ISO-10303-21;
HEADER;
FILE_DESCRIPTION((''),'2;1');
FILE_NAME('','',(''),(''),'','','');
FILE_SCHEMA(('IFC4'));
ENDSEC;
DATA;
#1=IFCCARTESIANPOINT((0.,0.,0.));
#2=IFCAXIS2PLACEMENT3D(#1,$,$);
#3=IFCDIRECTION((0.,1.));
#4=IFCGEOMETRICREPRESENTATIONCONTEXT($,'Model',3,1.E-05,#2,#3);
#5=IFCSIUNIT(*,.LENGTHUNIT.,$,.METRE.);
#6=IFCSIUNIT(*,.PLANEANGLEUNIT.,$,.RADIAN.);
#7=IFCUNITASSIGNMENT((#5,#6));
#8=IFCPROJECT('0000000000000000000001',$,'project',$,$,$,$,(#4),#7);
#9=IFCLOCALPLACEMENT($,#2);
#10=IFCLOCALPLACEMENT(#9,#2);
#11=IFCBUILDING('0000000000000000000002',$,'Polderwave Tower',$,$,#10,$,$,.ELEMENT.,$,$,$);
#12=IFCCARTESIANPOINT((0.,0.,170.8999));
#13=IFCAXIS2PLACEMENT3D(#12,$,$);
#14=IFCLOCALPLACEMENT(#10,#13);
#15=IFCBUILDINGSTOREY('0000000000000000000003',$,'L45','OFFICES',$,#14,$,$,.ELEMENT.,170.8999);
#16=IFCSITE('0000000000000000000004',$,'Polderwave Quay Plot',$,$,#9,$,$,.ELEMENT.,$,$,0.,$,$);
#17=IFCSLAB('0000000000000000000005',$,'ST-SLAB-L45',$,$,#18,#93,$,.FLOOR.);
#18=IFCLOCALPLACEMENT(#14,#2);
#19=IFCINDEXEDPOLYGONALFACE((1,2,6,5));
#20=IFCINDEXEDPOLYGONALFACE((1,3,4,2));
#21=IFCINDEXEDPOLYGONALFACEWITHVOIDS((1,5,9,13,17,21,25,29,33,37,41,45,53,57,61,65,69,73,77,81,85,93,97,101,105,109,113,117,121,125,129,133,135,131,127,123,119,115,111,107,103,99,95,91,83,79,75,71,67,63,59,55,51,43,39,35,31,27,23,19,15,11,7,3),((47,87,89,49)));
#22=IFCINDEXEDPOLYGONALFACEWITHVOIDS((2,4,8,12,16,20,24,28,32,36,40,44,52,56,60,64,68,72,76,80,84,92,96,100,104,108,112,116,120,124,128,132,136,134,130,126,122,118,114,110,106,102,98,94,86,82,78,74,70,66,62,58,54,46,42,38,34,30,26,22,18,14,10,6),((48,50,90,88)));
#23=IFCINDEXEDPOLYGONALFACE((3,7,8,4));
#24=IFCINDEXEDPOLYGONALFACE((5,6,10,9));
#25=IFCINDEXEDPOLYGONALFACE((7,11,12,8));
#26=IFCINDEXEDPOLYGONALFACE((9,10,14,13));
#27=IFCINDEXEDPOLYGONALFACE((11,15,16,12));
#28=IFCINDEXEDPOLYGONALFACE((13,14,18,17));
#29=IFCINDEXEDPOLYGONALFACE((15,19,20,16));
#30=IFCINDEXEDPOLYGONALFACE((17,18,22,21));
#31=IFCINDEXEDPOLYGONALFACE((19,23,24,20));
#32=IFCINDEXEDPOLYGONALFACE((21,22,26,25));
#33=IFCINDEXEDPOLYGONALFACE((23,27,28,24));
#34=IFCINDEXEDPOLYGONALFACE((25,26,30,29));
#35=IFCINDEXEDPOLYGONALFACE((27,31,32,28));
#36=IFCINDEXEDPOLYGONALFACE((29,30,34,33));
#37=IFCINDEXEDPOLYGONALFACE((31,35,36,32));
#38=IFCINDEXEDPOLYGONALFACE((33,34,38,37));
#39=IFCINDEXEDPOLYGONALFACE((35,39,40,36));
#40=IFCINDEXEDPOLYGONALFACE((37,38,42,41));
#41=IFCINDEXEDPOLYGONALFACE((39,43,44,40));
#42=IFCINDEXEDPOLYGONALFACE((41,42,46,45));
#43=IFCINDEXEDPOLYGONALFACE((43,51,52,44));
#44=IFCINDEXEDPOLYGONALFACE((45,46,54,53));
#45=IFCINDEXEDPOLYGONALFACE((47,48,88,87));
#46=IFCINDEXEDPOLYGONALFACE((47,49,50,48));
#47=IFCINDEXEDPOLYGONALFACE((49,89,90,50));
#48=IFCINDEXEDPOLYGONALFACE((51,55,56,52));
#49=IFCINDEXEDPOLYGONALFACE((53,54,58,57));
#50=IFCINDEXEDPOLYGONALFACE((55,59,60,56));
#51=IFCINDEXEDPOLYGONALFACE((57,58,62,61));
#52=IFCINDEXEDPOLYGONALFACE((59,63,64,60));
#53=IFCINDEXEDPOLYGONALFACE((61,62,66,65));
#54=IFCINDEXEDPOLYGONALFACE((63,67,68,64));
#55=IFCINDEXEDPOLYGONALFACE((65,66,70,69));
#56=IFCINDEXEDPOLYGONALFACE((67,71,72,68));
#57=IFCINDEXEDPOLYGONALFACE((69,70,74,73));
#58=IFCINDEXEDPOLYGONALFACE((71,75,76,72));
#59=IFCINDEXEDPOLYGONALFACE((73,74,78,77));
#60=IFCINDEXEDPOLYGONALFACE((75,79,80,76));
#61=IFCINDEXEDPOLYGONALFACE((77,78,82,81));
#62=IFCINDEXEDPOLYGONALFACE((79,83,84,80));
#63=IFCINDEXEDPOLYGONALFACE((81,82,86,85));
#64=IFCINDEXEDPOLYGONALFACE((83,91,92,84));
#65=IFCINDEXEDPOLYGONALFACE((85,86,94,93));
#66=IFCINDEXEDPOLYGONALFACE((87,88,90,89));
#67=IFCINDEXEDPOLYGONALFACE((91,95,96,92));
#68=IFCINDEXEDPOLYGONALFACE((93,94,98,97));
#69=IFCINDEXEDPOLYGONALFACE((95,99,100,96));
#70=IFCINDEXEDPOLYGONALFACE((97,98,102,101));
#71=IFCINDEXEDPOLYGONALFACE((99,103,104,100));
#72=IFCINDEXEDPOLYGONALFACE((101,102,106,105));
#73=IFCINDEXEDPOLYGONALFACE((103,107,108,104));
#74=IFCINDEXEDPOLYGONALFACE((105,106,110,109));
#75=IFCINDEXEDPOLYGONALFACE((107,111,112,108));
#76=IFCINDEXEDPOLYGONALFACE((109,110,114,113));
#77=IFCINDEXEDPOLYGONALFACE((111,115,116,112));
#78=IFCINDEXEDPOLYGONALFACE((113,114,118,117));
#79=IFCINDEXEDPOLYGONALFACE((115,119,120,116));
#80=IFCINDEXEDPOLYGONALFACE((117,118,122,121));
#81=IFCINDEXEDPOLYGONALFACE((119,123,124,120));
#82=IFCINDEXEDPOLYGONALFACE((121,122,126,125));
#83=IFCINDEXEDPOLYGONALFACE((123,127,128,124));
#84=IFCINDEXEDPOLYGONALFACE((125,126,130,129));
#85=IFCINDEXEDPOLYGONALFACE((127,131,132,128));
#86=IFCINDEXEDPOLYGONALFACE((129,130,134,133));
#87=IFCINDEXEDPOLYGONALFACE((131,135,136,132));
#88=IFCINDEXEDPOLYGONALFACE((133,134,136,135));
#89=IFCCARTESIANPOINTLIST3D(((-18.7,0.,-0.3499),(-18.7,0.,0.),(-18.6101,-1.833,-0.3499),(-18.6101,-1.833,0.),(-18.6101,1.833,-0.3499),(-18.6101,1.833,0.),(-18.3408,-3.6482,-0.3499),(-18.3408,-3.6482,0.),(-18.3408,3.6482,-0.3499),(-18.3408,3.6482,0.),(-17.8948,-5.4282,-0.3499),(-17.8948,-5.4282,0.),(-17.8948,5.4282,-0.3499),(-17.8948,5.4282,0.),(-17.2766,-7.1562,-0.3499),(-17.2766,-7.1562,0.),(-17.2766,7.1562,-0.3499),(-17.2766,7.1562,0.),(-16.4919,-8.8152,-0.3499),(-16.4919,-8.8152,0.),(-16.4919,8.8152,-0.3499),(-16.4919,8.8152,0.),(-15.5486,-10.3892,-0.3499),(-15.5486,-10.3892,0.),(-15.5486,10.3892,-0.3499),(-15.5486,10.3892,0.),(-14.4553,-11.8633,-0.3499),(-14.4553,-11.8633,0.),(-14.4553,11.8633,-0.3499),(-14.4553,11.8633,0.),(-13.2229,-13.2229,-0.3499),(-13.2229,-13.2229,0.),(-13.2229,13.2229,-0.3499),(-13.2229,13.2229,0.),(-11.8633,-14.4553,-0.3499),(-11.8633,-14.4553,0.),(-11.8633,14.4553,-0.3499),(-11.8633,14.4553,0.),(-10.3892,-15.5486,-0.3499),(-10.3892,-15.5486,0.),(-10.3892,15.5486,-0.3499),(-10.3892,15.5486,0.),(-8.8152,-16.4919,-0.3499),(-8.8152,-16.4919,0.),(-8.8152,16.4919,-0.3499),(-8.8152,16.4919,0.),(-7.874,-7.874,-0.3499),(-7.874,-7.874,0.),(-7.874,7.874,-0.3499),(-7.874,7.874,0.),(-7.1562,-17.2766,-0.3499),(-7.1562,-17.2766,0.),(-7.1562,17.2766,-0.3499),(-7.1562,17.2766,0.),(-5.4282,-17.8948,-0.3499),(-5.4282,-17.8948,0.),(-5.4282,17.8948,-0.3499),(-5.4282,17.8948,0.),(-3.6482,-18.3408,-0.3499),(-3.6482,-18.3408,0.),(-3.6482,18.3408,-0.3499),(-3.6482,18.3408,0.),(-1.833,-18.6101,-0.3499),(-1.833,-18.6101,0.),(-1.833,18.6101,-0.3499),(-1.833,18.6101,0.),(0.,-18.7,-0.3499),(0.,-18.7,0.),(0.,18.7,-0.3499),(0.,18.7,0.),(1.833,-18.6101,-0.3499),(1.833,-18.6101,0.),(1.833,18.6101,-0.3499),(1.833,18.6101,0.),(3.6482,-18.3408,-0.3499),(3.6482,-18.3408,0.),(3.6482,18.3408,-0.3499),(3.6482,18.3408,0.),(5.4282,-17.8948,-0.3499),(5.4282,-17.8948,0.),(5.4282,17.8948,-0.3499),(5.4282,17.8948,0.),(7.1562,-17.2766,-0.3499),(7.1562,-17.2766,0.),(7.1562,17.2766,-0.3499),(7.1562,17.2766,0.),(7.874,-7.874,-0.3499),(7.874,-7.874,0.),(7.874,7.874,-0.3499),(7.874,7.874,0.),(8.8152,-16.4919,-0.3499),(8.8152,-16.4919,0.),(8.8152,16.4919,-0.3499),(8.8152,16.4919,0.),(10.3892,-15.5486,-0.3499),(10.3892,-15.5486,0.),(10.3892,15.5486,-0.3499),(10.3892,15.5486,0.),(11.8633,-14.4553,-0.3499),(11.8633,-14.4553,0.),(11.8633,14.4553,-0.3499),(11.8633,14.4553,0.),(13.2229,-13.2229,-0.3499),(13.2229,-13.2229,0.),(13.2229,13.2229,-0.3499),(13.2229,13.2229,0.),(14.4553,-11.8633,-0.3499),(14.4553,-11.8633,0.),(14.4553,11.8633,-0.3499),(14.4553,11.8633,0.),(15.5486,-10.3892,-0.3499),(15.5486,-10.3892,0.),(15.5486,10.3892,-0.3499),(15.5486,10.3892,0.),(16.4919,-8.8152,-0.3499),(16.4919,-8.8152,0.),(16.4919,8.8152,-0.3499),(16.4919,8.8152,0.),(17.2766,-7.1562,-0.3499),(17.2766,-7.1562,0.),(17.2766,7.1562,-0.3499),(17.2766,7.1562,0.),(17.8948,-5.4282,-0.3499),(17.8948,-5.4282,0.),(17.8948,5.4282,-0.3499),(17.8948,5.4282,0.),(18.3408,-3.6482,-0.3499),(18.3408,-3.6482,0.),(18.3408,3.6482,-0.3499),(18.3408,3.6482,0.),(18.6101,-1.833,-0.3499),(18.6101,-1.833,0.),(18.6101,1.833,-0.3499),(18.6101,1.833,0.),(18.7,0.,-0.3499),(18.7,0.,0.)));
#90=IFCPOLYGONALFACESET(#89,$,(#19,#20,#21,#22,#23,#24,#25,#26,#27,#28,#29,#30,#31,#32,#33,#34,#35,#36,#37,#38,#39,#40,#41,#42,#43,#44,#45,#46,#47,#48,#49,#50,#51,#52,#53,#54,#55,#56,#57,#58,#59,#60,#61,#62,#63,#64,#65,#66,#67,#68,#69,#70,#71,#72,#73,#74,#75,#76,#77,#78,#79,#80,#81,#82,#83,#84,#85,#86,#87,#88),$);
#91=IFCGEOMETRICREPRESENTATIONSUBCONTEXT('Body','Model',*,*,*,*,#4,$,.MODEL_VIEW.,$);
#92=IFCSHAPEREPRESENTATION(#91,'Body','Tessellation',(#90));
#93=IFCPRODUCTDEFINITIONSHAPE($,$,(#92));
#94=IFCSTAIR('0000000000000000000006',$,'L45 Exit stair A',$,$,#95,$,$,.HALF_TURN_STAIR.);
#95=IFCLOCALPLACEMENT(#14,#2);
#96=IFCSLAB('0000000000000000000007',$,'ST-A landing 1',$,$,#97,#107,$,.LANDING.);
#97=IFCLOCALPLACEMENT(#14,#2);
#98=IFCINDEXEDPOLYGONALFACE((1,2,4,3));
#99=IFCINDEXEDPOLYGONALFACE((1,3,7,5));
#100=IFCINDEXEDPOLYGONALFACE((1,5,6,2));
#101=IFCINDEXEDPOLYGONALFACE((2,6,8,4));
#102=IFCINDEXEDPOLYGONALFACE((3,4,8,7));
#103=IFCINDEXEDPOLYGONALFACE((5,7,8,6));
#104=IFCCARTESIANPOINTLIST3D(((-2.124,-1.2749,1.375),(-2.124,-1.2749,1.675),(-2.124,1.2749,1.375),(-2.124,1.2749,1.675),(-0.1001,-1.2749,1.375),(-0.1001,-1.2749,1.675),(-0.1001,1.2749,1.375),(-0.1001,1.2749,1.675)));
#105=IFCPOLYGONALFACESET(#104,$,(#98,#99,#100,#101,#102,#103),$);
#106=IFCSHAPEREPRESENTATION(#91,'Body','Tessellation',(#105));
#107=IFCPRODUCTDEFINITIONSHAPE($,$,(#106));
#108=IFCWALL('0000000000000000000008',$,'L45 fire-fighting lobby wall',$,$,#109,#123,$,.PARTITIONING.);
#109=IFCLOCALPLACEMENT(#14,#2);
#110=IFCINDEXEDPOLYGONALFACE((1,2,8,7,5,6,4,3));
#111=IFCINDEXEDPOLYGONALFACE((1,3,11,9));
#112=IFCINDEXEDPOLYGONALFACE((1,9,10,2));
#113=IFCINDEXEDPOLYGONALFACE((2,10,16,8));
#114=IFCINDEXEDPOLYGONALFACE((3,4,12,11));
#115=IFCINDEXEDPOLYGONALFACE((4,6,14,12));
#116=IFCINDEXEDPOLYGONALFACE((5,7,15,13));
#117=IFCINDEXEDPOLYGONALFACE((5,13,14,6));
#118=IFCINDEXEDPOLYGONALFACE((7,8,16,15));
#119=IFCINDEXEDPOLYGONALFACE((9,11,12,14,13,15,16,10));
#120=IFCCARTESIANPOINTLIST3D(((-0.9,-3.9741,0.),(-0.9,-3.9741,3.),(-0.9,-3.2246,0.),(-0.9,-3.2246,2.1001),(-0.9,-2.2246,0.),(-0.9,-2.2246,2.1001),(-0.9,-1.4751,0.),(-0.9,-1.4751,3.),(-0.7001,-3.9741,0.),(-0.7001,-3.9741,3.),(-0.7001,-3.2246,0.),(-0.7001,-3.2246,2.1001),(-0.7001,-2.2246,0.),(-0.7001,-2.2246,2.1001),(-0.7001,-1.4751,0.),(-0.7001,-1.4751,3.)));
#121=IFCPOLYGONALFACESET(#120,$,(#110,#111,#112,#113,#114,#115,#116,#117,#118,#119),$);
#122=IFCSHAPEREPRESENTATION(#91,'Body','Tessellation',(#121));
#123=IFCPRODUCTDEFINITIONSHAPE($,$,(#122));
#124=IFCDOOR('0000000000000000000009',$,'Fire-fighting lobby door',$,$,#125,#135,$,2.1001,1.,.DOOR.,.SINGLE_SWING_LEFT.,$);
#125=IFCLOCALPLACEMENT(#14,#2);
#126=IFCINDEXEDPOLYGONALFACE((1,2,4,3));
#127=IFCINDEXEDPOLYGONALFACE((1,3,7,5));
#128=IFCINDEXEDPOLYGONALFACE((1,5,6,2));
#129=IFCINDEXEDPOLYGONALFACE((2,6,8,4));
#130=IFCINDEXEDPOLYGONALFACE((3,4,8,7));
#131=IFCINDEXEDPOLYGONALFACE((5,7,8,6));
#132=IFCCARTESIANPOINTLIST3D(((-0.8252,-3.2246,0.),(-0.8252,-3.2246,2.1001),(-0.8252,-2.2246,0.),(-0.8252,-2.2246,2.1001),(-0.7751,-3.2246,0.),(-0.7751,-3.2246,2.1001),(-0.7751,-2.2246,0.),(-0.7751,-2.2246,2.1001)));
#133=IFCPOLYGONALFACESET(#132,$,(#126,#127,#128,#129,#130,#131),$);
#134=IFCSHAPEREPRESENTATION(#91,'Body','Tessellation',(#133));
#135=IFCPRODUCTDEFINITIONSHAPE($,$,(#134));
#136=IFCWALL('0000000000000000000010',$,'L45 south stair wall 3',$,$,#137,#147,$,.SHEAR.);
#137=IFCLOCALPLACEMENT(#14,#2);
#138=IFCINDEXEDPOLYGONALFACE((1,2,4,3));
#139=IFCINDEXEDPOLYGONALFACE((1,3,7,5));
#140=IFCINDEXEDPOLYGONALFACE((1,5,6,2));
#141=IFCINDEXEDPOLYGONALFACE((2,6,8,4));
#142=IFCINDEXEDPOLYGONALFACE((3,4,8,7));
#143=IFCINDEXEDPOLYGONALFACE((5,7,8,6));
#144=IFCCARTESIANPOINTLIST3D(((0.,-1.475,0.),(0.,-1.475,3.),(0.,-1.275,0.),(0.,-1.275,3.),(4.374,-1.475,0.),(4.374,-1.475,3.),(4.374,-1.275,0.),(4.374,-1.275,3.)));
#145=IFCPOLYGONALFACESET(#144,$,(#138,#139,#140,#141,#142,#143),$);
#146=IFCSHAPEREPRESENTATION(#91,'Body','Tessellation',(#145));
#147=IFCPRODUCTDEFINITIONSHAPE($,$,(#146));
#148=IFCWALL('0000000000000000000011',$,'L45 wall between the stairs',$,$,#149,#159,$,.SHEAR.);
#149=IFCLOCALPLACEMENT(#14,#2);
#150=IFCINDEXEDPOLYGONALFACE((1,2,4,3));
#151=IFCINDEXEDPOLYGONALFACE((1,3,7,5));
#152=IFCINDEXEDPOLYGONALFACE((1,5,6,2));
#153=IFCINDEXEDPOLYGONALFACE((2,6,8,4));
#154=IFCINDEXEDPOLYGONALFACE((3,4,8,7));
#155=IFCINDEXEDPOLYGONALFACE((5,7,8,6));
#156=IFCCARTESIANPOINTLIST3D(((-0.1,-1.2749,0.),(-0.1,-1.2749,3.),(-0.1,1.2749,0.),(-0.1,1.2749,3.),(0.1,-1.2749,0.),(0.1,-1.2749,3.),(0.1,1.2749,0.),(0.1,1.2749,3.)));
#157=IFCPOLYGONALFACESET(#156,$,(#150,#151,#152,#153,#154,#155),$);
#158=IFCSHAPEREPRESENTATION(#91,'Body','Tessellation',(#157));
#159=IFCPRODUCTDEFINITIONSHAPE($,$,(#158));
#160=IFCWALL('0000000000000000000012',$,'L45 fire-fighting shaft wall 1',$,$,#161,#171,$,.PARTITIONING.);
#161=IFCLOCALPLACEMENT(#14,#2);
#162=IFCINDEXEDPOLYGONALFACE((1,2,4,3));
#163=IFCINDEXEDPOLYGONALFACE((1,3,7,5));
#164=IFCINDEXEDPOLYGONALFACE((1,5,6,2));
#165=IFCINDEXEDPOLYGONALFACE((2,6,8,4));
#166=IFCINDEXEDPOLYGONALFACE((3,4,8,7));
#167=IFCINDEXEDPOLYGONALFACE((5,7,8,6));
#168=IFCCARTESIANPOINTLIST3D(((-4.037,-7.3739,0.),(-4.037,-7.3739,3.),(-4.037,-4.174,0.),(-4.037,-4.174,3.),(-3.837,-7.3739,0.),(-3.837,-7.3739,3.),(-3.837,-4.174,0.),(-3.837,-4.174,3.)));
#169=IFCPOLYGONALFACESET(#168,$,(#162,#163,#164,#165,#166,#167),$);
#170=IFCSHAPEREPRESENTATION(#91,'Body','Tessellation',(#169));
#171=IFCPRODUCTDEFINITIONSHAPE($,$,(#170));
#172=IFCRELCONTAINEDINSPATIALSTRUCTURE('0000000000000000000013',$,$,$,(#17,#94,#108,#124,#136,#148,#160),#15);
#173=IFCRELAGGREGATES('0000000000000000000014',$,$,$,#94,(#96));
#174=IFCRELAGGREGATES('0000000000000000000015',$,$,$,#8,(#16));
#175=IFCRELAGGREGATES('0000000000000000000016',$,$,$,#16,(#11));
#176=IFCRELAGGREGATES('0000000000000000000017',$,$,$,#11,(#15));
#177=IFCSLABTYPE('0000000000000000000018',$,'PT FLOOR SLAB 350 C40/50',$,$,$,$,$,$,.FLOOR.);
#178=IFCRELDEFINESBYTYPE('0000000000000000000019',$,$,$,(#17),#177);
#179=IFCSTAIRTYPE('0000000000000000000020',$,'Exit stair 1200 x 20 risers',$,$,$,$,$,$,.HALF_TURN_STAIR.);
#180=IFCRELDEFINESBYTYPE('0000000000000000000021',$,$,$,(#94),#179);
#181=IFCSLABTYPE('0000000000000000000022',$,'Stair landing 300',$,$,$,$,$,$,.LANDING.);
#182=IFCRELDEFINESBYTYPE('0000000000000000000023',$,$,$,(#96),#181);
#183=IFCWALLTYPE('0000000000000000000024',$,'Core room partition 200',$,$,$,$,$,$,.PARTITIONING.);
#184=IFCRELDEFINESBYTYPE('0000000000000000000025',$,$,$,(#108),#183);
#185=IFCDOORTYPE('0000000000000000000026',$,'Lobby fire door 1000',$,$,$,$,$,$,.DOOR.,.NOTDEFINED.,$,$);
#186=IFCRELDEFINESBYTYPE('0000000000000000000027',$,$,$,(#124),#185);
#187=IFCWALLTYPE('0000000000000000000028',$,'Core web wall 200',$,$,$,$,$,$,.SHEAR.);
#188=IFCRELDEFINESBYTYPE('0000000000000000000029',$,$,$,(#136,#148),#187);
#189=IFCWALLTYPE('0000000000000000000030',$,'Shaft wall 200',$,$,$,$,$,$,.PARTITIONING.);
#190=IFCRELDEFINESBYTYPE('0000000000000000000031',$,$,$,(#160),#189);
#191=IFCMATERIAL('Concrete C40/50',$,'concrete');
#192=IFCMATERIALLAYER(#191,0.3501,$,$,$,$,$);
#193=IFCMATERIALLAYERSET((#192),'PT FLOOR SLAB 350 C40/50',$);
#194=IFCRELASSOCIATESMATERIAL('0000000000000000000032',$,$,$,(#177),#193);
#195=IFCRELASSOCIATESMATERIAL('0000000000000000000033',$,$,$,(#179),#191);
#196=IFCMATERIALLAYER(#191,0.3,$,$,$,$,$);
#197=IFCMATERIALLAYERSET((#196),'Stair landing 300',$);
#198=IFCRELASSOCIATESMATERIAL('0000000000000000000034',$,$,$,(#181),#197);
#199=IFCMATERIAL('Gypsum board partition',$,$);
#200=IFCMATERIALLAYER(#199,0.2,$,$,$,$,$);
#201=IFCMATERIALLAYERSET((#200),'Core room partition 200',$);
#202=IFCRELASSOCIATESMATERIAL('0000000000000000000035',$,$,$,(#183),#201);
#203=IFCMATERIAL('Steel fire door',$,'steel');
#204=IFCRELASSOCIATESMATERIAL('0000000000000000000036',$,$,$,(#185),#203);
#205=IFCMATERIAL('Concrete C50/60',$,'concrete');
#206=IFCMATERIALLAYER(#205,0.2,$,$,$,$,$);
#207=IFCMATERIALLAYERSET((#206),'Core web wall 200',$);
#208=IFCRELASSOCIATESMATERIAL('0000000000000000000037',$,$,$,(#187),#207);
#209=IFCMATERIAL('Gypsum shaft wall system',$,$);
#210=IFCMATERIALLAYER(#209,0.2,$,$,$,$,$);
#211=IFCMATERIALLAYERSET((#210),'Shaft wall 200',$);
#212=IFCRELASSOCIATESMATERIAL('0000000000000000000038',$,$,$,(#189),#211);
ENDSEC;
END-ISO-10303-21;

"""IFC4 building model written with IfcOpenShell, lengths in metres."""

from ifc_helpers import new_model, si_unit, direction, frame, frame_2d, origin, place, context, subcontext, project, spatial, polyline, rectangle, outline, extrude, material, layer, layer_set, type_object, element, fill, aggregate, save


model = new_model("IFC4")

# Units and contexts
model_context = context("Model", 3, precision=1e-05, world=origin(), true_north=direction((0.0, 1.0)))
body_context = subcontext(model_context, "Body", "Model", "MODEL_VIEW")
ifc_project = project(units=[si_unit("LENGTHUNIT", "METRE"), si_unit("PLANEANGLEUNIT", "RADIAN")], contexts=[model_context])

# Site, building, storey
site_placement = place(None, origin())
site = spatial("IfcSite", under=ifc_project, at=site_placement, Name="Polderwave Quay Plot", CompositionType="ELEMENT", RefElevation=0.0)
building_placement = place(site_placement, origin())
building = spatial("IfcBuilding", under=site, at=building_placement, Name="Polderwave Tower", CompositionType="ELEMENT")
storey_placement = place(building_placement, frame((0.0, 0.0, 170.8999)))
storey = spatial("IfcBuildingStorey", under=building, at=storey_placement, Name="L45", Description="OFFICES", CompositionType="ELEMENT", Elevation=170.8999)

# Slab
ifc_material_1 = material(Name="Concrete C40/50", Category="concrete")
ifc_layer_1 = layer(ifc_material_1, 0.3501)
ifc_layer_set_1 = layer_set([ifc_layer_1], Name="PT FLOOR SLAB 350 C40/50")
slab_type_1 = type_object("IfcSlabType", Name="PT FLOOR SLAB 350 C40/50", PredefinedType="FLOOR", material=ifc_layer_set_1)
slab_1_placement = place(storey_placement, frame((0.0, 0.0, -0.3499)))
element("IfcSlab", 1, at=slab_1_placement, inside=storey, type_object=slab_type_1, Name="ST-SLAB-L45", PredefinedType="FLOOR", context=body_context, shape_type="SweptSolid", body=[
    extrude(outline(polyline([(18.7, 0.0), (18.6101, 1.833), (18.3408, 3.6482), (17.8948, 5.4282), (17.2766, 7.1562), (16.4919, 8.8152), (15.5486, 10.3892), (14.4553, 11.8633), (13.2229, 13.2229), (11.8633, 14.4553), (10.3892, 15.5486), (8.8152, 16.4919), (7.1562, 17.2766), (5.4282, 17.8948), (3.6482, 18.3408), (1.833, 18.6101), (0.0, 18.7), (-1.833, 18.6101), (-3.6482, 18.3408), (-5.4282, 17.8948), (-7.1562, 17.2766), (-8.8152, 16.4919), (-10.3892, 15.5486), (-11.8633, 14.4553), (-13.2229, 13.2229), (-14.4553, 11.8633), (-15.5486, 10.3892), (-16.4919, 8.8152), (-17.2766, 7.1562), (-17.8948, 5.4282), (-18.3408, 3.6482), (-18.6101, 1.833), (-18.7, 0.0), (-18.6101, -1.833), (-18.3408, -3.6482), (-17.8948, -5.4282), (-17.2766, -7.1562), (-16.4919, -8.8152), (-15.5486, -10.3892), (-14.4553, -11.8633), (-13.2229, -13.2229), (-11.8633, -14.4553), (-10.3892, -15.5486), (-8.8152, -16.4919), (-7.1562, -17.2766), (-5.4282, -17.8948), (-3.6482, -18.3408), (-1.833, -18.6101), (0.0, -18.7), (1.833, -18.6101), (3.6482, -18.3408), (5.4282, -17.8948), (7.1562, -17.2766), (8.8152, -16.4919), (10.3892, -15.5486), (11.8633, -14.4553), (13.2229, -13.2229), (14.4553, -11.8633), (15.5486, -10.3892), (16.4919, -8.8152), (17.2766, -7.1562), (17.8948, -5.4282), (18.3408, -3.6482), (18.6101, -1.833), (18.7, 0.0)]), holes=[polyline([(-7.874, -7.874), (7.874, -7.874), (7.874, 7.874), (-7.874, 7.874), (-7.874, -7.874)])]), origin(), (0.0, 0.0, 1.0), 0.3499),
])

# Stair, slab
stair_type = type_object("IfcStairType", Name="Exit stair 1200 x 20 risers", PredefinedType="HALF_TURN_STAIR", material=ifc_material_1)
stair_placement = place(storey_placement, origin())
stair = element("IfcStair", 2, at=stair_placement, inside=storey, type_object=stair_type, Name="L45 Exit stair A", PredefinedType="HALF_TURN_STAIR")
ifc_layer_2 = layer(ifc_material_1, 0.3)
ifc_layer_set_2 = layer_set([ifc_layer_2], Name="Stair landing 300")
slab_type_2 = type_object("IfcSlabType", Name="Stair landing 300", PredefinedType="LANDING", material=ifc_layer_set_2)
slab_2_placement = place(storey_placement, frame((0.0, 0.0, 1.375)))
slab_2 = element("IfcSlab", 3, at=slab_2_placement, type_object=slab_type_2, Name="ST-A landing 1", PredefinedType="LANDING", context=body_context, shape_type="SweptSolid", body=[
    extrude(outline(polyline([(-2.124, -1.2749), (-0.1001, -1.2749), (-0.1001, 1.2749), (-2.124, 1.2749), (-2.124, -1.2749)])), origin(), (0.0, 0.0, 1.0), 0.3),
])
aggregate(stair, [slab_2])

# Wall, opening, door
ifc_material_2 = material(Name="Gypsum board partition")
ifc_layer_3 = layer(ifc_material_2, 0.2)
ifc_layer_set_3 = layer_set([ifc_layer_3], Name="Core room partition 200")
wall_type_1 = type_object("IfcWallType", Name="Core room partition 200", PredefinedType="PARTITIONING", material=ifc_layer_set_3)
wall_1_placement = place(storey_placement, frame((-0.8, -3.9741, 0.0), z_axis=(0.0, 0.0, 1.0), x_axis=(0.0, 1.0, 0.0)))
wall_1 = element("IfcWall", 4, at=wall_1_placement, inside=storey, type_object=wall_type_1, Name="L45 fire-fighting lobby wall", PredefinedType="PARTITIONING", context=body_context, shape_type="SweptSolid", body=[
    extrude(rectangle(XDim=2.499, YDim=0.2, at=frame_2d((1.2495, 0.0))), origin(), (0.0, 0.0, 1.0), 3.0),
])
opening_placement = place(wall_1_placement, frame((0.7495, 0.0, 0.0)))
opening = element("IfcOpeningElement", 5, at=opening_placement, cuts=wall_1, PredefinedType="OPENING", context=body_context, shape_type="SweptSolid", body=[
    extrude(rectangle(XDim=1.0, YDim=2.1001, at=frame_2d((0.5, 1.05))), frame((0.0, 0.1099, 0.0), z_axis=(0.0, -1.0, 0.0), x_axis=(1.0, 0.0, 0.0)), (0.0, 0.0, 1.0), 0.22),
])
ifc_material_3 = material(Name="Steel fire door", Category="steel")
door_type = type_object("IfcDoorType", Name="Lobby fire door 1000", OperationType="NOTDEFINED", PredefinedType="DOOR", material=ifc_material_3)
door_placement = place(opening_placement, frame((1.0, 0.0, 0.0), z_axis=(0.0, 0.0, 1.0), x_axis=(-1.0, 0.0, 0.0)))
door = element("IfcDoor", 6, at=door_placement, inside=storey, type_object=door_type, Name="Fire-fighting lobby door", OperationType="SINGLE_SWING_LEFT", OverallHeight=2.1001, OverallWidth=1.0, PredefinedType="DOOR", context=body_context, shape_type="SweptSolid", body=[
    extrude(rectangle(XDim=1.0, YDim=2.1001, at=frame_2d((0.5, 1.05))), frame((0.0, 0.0249, 0.0), z_axis=(0.0, -1.0, 0.0), x_axis=(1.0, 0.0, 0.0)), (0.0, 0.0, 1.0), 0.05),
])
fill(opening, door)

# Walls
ifc_material_4 = material(Name="Concrete C50/60", Category="concrete")
ifc_layer_4 = layer(ifc_material_4, 0.2)
ifc_layer_set_4 = layer_set([ifc_layer_4], Name="Core web wall 200")
wall_type_2 = type_object("IfcWallType", Name="Core web wall 200", PredefinedType="SHEAR", material=ifc_layer_set_4)
wall_2_placement = place(storey_placement, frame((0.0, -1.375, 0.0), z_axis=(0.0, 0.0, 1.0), x_axis=(1.0, 0.0, 0.0)))
element("IfcWall", 7, at=wall_2_placement, inside=storey, type_object=wall_type_2, Name="L45 south stair wall 3", PredefinedType="SHEAR", context=body_context, shape_type="SweptSolid", body=[
    extrude(rectangle(XDim=4.374, YDim=0.2, at=frame_2d((2.187, 0.0))), origin(), (0.0, 0.0, 1.0), 3.0),
])
wall_3_placement = place(storey_placement, frame((0.0, -1.2749, 0.0), z_axis=(0.0, 0.0, 1.0), x_axis=(0.0, 1.0, 0.0)))
element("IfcWall", 8, at=wall_3_placement, inside=storey, type_object=wall_type_2, Name="L45 wall between the stairs", PredefinedType="SHEAR", context=body_context, shape_type="SweptSolid", body=[
    extrude(rectangle(XDim=2.5498, YDim=0.2, at=frame_2d((1.2749, 0.0))), origin(), (0.0, 0.0, 1.0), 3.0),
])
ifc_material_5 = material(Name="Gypsum shaft wall system")
ifc_layer_5 = layer(ifc_material_5, 0.2)
ifc_layer_set_5 = layer_set([ifc_layer_5], Name="Shaft wall 200")
wall_type_3 = type_object("IfcWallType", Name="Shaft wall 200", PredefinedType="PARTITIONING", material=ifc_layer_set_5)
for number, where, z_axis, x_axis, name in (
    (9, (-3.937, -7.374, 0.0), (0.0, 0.0, 1.0), (0.0, 1.0, 0.0), "L45 fire-fighting shaft wall 1"),
):
    element("IfcWall", number, at=place(storey_placement, frame(where, z_axis=z_axis, x_axis=x_axis)), inside=storey, type_object=wall_type_3, Name=name, PredefinedType="PARTITIONING", context=body_context, shape_type="SweptSolid", body=[
        extrude(rectangle(XDim=3.2, YDim=0.2, at=frame_2d((1.6001, 0.0))), origin(), (0.0, 0.0, 1.0), 3.0),
    ])

save(model, "model.ifc")
